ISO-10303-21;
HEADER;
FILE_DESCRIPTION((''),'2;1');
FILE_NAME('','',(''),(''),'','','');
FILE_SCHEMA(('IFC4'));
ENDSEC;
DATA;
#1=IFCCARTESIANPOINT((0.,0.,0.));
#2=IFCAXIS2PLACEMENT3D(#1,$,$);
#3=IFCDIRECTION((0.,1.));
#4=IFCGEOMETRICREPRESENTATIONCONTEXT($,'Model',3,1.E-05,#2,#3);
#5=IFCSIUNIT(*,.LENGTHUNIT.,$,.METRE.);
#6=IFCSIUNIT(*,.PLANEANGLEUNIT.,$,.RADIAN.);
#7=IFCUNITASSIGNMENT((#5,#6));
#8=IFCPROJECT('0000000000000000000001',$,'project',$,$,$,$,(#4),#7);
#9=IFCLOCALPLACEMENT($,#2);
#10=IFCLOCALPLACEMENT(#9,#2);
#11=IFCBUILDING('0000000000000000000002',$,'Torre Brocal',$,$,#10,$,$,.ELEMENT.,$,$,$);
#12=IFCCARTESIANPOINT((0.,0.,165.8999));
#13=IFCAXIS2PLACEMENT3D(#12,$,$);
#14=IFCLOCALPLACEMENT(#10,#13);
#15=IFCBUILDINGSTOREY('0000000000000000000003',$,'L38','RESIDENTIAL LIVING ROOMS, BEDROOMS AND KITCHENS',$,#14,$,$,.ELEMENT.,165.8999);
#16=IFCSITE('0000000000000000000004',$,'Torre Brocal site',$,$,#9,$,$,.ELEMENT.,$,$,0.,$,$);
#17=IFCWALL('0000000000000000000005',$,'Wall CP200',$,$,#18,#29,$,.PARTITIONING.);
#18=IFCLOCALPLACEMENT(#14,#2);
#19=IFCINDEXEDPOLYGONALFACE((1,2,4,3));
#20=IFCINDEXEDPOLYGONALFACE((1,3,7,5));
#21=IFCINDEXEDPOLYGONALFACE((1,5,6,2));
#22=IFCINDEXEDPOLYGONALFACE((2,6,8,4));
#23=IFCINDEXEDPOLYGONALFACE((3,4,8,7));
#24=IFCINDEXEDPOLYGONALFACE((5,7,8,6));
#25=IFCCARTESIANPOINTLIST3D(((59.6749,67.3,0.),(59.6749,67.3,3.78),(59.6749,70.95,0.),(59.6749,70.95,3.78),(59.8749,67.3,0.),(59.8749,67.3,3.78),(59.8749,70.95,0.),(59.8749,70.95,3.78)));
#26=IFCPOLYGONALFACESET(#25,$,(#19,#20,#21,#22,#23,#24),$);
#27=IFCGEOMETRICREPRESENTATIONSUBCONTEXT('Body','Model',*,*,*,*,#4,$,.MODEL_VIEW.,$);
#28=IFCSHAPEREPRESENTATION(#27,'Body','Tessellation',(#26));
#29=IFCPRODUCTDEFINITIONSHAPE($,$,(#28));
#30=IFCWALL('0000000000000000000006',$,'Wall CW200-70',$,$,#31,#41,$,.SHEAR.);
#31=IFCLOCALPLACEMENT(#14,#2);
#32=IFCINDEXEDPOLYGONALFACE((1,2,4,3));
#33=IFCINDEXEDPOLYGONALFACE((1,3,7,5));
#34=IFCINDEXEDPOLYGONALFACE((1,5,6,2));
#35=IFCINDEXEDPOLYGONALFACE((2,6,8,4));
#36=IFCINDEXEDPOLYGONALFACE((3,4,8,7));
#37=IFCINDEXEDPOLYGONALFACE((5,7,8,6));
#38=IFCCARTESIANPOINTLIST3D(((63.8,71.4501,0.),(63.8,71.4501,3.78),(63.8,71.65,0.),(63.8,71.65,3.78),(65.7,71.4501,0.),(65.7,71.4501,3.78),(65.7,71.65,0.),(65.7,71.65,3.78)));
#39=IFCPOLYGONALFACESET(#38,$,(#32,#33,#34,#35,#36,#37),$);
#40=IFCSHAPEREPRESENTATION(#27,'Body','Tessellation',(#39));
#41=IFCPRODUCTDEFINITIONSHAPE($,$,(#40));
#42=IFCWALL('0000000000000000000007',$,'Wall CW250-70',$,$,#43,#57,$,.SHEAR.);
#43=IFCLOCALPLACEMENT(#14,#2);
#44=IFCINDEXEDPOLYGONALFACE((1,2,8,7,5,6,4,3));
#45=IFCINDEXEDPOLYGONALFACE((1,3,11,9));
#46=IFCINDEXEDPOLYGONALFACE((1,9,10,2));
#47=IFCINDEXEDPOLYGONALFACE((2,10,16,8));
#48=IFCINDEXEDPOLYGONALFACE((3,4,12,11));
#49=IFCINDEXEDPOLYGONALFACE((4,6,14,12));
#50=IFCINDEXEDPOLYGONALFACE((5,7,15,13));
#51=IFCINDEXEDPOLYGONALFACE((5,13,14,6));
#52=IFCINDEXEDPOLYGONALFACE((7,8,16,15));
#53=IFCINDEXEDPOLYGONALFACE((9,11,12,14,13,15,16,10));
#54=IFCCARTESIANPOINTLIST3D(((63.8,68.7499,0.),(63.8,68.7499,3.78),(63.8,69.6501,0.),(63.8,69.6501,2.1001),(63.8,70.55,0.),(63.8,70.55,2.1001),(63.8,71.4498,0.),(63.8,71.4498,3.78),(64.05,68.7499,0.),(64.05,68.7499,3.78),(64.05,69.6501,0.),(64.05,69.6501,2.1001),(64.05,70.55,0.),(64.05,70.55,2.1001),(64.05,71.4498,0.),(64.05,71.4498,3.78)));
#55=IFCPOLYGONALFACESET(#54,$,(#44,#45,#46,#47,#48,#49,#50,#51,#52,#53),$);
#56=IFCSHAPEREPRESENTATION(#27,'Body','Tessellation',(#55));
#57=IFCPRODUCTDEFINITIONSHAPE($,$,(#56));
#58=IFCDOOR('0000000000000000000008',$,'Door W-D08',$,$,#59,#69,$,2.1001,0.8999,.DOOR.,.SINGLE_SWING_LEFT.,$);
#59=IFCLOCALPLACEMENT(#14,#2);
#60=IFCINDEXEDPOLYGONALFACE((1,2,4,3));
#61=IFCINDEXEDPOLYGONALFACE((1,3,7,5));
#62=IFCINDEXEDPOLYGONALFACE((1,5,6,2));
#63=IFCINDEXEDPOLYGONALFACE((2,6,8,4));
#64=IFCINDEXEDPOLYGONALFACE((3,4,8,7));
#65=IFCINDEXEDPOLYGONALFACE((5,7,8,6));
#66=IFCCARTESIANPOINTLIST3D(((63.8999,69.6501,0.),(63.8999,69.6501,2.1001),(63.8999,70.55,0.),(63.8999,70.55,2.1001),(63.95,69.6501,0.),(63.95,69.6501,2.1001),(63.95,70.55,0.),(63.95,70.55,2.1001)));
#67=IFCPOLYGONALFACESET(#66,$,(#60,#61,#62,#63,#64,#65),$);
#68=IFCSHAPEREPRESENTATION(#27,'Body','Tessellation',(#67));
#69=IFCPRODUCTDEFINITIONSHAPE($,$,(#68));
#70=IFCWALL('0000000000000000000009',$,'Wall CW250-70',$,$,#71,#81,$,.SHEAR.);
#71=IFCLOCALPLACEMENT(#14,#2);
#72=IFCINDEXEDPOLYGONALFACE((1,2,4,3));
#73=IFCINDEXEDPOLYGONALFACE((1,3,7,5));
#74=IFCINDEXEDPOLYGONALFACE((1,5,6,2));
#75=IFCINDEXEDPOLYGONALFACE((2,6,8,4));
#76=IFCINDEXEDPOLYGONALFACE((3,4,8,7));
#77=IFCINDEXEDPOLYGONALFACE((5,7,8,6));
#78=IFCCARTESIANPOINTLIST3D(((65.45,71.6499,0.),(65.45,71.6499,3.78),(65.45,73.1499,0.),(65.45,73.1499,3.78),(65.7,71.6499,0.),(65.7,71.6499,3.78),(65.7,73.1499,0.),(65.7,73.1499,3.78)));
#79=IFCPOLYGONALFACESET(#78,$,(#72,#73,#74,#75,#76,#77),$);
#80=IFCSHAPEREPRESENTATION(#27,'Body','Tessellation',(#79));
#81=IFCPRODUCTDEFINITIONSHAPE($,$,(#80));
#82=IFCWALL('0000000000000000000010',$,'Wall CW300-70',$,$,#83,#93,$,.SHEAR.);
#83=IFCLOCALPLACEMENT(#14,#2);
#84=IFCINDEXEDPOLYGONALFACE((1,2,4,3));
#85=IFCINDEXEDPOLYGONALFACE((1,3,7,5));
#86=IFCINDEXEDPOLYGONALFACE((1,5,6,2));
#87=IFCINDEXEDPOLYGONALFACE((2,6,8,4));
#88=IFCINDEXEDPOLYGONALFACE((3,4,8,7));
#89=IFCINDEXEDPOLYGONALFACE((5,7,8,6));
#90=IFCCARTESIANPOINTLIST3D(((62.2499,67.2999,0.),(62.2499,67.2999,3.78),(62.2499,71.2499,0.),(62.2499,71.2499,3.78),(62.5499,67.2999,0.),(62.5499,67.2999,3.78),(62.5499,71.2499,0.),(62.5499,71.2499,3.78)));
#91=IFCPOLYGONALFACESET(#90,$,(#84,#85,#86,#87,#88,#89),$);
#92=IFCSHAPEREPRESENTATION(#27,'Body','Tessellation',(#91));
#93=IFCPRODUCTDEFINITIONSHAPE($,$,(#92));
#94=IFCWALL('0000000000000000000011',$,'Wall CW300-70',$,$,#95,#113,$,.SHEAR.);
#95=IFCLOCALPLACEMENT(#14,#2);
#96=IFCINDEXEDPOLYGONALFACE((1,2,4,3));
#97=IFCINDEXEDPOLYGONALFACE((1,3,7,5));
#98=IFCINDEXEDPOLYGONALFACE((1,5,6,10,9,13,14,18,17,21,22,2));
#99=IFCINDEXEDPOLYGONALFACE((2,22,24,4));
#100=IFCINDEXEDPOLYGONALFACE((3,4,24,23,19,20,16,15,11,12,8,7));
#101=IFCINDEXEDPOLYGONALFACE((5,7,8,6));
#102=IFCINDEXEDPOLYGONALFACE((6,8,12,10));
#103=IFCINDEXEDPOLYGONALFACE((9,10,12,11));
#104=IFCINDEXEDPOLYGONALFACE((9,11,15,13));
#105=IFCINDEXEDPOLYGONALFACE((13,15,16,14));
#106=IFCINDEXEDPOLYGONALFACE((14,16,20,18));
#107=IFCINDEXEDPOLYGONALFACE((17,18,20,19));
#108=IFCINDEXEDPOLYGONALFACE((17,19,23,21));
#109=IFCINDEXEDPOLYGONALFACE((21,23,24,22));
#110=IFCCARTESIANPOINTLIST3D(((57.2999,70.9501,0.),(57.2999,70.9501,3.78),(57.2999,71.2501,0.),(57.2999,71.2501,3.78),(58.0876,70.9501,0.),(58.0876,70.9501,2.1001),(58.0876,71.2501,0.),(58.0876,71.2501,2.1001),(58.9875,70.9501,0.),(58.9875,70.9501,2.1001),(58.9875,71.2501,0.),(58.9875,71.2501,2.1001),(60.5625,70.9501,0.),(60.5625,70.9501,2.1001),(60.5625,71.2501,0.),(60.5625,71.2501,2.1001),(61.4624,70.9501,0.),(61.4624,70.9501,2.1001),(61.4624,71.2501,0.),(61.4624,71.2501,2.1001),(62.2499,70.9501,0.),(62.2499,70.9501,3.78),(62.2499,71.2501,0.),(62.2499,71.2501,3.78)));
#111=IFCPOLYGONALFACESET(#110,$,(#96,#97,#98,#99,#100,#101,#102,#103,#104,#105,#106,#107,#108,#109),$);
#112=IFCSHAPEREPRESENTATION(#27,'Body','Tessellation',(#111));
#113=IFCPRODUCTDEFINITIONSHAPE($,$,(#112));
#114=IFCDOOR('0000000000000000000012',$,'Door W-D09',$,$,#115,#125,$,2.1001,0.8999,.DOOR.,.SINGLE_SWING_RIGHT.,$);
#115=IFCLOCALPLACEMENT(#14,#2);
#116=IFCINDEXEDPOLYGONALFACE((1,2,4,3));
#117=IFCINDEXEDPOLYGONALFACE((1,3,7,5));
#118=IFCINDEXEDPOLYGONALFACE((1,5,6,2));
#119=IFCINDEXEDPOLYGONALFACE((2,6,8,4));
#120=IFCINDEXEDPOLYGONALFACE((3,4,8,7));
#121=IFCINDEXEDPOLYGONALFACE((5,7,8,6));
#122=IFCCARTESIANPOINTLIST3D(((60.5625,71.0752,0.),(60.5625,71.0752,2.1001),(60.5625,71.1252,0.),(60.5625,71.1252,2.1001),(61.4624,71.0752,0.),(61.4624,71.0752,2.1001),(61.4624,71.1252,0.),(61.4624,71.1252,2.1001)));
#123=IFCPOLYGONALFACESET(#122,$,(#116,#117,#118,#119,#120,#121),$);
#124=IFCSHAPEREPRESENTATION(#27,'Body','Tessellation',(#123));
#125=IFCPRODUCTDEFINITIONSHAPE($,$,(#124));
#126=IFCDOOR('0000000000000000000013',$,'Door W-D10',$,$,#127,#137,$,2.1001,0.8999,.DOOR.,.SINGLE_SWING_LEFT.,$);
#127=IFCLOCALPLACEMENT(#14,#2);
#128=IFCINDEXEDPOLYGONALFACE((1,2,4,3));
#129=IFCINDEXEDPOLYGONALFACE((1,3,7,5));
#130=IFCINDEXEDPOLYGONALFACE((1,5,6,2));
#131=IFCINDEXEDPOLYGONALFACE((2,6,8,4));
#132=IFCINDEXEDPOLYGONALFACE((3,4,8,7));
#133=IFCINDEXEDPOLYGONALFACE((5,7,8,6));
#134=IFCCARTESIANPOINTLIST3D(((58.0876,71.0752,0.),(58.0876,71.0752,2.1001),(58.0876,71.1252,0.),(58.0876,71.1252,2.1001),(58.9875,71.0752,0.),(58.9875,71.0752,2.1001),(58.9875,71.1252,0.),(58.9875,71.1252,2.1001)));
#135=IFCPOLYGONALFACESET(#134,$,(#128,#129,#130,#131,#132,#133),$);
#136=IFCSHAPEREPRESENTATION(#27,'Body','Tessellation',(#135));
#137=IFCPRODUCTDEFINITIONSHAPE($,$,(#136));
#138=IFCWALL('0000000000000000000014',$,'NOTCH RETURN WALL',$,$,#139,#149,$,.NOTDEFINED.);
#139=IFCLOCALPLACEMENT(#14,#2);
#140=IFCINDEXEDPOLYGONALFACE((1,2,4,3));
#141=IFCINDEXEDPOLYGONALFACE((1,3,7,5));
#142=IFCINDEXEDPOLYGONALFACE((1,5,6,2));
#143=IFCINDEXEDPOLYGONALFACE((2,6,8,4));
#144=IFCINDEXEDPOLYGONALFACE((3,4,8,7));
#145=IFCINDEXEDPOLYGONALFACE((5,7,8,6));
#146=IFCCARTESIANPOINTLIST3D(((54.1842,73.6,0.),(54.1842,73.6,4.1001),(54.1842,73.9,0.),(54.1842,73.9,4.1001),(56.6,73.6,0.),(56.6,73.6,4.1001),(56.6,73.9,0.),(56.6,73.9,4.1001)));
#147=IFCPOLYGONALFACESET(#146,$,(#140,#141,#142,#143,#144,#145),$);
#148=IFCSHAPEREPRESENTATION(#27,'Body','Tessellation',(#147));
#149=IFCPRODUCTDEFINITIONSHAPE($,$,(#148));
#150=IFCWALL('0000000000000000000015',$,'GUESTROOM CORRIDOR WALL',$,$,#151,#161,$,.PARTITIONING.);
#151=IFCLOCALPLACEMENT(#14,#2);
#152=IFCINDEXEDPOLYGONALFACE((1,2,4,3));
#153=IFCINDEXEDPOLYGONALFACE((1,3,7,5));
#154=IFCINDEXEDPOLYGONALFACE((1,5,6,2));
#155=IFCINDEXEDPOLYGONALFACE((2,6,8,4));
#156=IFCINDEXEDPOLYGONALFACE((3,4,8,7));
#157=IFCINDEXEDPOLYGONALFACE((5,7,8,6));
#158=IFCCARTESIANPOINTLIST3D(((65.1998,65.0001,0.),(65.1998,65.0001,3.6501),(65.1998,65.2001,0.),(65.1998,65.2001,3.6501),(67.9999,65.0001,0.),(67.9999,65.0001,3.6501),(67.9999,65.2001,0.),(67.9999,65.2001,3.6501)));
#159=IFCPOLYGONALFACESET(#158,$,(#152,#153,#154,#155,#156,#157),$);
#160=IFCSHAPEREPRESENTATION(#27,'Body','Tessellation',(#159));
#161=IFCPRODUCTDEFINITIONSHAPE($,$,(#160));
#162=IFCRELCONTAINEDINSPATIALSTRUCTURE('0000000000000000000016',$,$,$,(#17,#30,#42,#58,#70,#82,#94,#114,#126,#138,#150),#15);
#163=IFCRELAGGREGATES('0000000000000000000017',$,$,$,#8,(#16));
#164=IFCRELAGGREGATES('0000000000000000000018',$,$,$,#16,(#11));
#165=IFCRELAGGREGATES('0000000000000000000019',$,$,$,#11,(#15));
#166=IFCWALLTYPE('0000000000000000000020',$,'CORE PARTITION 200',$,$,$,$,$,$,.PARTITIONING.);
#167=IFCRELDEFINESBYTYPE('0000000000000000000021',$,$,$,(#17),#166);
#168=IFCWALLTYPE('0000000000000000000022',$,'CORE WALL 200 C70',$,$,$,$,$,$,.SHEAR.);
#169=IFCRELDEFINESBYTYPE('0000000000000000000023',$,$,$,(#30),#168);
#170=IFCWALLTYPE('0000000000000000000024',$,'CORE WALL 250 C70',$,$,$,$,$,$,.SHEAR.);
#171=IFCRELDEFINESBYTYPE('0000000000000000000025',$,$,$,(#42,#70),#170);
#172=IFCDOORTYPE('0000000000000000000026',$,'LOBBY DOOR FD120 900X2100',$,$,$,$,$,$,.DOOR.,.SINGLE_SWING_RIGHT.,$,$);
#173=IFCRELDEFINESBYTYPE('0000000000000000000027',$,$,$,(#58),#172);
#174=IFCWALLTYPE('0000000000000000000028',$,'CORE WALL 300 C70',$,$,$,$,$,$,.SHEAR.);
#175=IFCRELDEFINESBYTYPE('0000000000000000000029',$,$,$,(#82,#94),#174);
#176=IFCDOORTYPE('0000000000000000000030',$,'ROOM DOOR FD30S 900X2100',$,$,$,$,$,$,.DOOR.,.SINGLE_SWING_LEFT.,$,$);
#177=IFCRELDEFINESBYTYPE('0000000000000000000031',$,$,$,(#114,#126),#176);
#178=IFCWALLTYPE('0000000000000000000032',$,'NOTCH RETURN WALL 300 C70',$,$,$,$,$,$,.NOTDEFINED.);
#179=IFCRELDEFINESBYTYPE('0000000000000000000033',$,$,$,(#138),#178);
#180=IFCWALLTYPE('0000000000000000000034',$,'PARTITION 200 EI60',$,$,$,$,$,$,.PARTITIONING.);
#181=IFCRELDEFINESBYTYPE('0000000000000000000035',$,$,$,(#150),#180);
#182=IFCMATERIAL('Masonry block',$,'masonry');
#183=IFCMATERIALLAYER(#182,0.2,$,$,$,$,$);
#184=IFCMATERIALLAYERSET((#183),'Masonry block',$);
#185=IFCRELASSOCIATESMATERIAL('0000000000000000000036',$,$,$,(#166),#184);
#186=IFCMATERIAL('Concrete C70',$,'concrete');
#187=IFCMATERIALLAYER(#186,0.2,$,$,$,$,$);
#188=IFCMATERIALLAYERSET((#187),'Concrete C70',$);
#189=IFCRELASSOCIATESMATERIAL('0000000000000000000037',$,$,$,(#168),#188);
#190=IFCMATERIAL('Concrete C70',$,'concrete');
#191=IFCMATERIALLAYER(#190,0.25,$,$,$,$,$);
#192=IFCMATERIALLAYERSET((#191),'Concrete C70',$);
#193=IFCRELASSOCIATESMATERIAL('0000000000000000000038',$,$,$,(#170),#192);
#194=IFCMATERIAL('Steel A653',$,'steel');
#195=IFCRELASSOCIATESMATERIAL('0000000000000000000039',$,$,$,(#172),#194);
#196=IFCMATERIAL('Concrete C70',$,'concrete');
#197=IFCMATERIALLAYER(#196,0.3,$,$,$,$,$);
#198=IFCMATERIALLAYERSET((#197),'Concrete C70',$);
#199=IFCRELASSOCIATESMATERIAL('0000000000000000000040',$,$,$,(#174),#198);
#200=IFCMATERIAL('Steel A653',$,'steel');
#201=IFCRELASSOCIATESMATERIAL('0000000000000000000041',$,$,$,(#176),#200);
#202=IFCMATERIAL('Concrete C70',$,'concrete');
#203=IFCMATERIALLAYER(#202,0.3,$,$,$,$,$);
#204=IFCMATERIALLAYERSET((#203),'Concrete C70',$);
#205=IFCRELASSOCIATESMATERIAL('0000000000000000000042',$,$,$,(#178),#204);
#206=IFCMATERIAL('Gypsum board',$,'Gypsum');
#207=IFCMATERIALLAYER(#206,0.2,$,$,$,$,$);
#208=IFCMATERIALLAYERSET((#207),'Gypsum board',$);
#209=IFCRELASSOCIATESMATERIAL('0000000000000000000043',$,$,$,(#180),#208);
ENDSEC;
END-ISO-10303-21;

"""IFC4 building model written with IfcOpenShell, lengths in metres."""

from ifc_helpers import new_model, si_unit, direction, frame, frame_2d, origin, place, context, subcontext, project, spatial, rectangle, extrude, material, layer, layer_set, type_object, element, fill, save


model = new_model("IFC4")

# Units and contexts
model_context = context("Model", 3, precision=1e-05, world=origin(), true_north=direction((0.0, 1.0)))
body_context = subcontext(model_context, "Body", "Model", "MODEL_VIEW")
ifc_project = project(units=[si_unit("LENGTHUNIT", "METRE"), si_unit("PLANEANGLEUNIT", "RADIAN")], contexts=[model_context])

# Site, building, storey
site_placement = place(None, origin())
site = spatial("IfcSite", under=ifc_project, at=site_placement, Name="Torre Brocal site", CompositionType="ELEMENT", RefElevation=0.0)
building_placement = place(site_placement, origin())
building = spatial("IfcBuilding", under=site, at=building_placement, Name="Torre Brocal", CompositionType="ELEMENT")
storey_placement = place(building_placement, frame((0.0, 0.0, 165.8999)))
storey = spatial("IfcBuildingStorey", under=building, at=storey_placement, Name="L38", Description="RESIDENTIAL LIVING ROOMS, BEDROOMS AND KITCHENS", CompositionType="ELEMENT", Elevation=165.8999)

# Walls
ifc_material_1 = material(Name="Masonry block", Category="masonry")
ifc_layer_1 = layer(ifc_material_1, 0.2)
ifc_layer_set_1 = layer_set([ifc_layer_1], Name="Masonry block")
wall_type_1 = type_object("IfcWallType", Name="CORE PARTITION 200", PredefinedType="PARTITIONING", material=ifc_layer_set_1)
wall_1_placement = place(storey_placement, frame((59.7749, 70.95, 0.0), z_axis=(0.0, 0.0, 1.0), x_axis=(0.0, -1.0, 0.0)))
element("IfcWall", 1, at=wall_1_placement, inside=storey, type_object=wall_type_1, Name="Wall CP200", PredefinedType="PARTITIONING", context=body_context, shape_type="SweptSolid", body=[
    extrude(rectangle(XDim=3.6499, YDim=0.2, at=frame_2d((1.825, 0.0))), origin(), (0.0, 0.0, 1.0), 3.78),
])
ifc_material_2 = material(Name="Concrete C70", Category="concrete")
ifc_layer_2 = layer(ifc_material_2, 0.2)
ifc_layer_set_2 = layer_set([ifc_layer_2], Name="Concrete C70")
wall_type_2 = type_object("IfcWallType", Name="CORE WALL 200 C70", PredefinedType="SHEAR", material=ifc_layer_set_2)
wall_2_placement = place(storey_placement, frame((65.7, 71.55, 0.0), z_axis=(0.0, 0.0, 1.0), x_axis=(-1.0, 0.0, 0.0)))
element("IfcWall", 2, at=wall_2_placement, inside=storey, type_object=wall_type_2, Name="Wall CW200-70", PredefinedType="SHEAR", context=body_context, shape_type="SweptSolid", body=[
    extrude(rectangle(XDim=1.8999, YDim=0.2, at=frame_2d((0.95, 0.0))), origin(), (0.0, 0.0, 1.0), 3.78),
])

# Wall, opening, door
ifc_material_3 = material(Name="Concrete C70", Category="concrete")
ifc_layer_3 = layer(ifc_material_3, 0.25)
ifc_layer_set_3 = layer_set([ifc_layer_3], Name="Concrete C70")
wall_type_3 = type_object("IfcWallType", Name="CORE WALL 250 C70", PredefinedType="SHEAR", material=ifc_layer_set_3)
wall_3_placement = place(storey_placement, frame((63.925, 71.45, 0.0), z_axis=(0.0, 0.0, 1.0), x_axis=(0.0, -1.0, 0.0)))
wall_3 = element("IfcWall", 3, at=wall_3_placement, inside=storey, type_object=wall_type_3, Name="Wall CW250-70", PredefinedType="SHEAR", context=body_context, shape_type="SweptSolid", body=[
    extrude(rectangle(XDim=2.7, YDim=0.25, at=frame_2d((1.3501, 0.0))), origin(), (0.0, 0.0, 1.0), 3.78),
])
opening_1_placement = place(wall_3_placement, frame((0.8999, 0.0, 0.0)))
opening_1 = element("IfcOpeningElement", 4, at=opening_1_placement, cuts=wall_3, PredefinedType="OPENING", context=body_context, shape_type="SweptSolid", body=[
    extrude(rectangle(XDim=0.8999, YDim=2.1001, at=frame_2d((0.45, 1.05))), frame((0.0, 0.135, 0.0), z_axis=(0.0, -1.0, 0.0), x_axis=(1.0, 0.0, 0.0)), (0.0, 0.0, 1.0), 0.27),
])
ifc_material_4 = material(Name="Steel A653", Category="steel")
door_type_1 = type_object("IfcDoorType", Name="LOBBY DOOR FD120 900X2100", OperationType="SINGLE_SWING_RIGHT", PredefinedType="DOOR", material=ifc_material_4)
door_1_placement = place(opening_1_placement, origin())
door_1 = element("IfcDoor", 5, at=door_1_placement, inside=storey, type_object=door_type_1, Name="Door W-D08", OperationType="SINGLE_SWING_LEFT", OverallHeight=2.1001, OverallWidth=0.8999, PredefinedType="DOOR", context=body_context, shape_type="SweptSolid", body=[
    extrude(rectangle(XDim=0.8999, YDim=2.1001, at=frame_2d((0.45, 1.05))), frame((0.0, 0.0249, 0.0), z_axis=(0.0, -1.0, 0.0), x_axis=(1.0, 0.0, 0.0)), (0.0, 0.0, 1.0), 0.05),
])
fill(opening_1, door_1)

# Walls
wall_4_placement = place(storey_placement, frame((65.575, 73.1499, 0.0), z_axis=(0.0, 0.0, 1.0), x_axis=(0.0, -1.0, 0.0)))
element("IfcWall", 6, at=wall_4_placement, inside=storey, type_object=wall_type_3, Name="Wall CW250-70", PredefinedType="SHEAR", context=body_context, shape_type="SweptSolid", body=[
    extrude(rectangle(XDim=1.5, YDim=0.25, at=frame_2d((0.75, 0.0))), origin(), (0.0, 0.0, 1.0), 3.78),
])
ifc_material_5 = material(Name="Concrete C70", Category="concrete")
ifc_layer_4 = layer(ifc_material_5, 0.3)
ifc_layer_set_4 = layer_set([ifc_layer_4], Name="Concrete C70")
wall_type_4 = type_object("IfcWallType", Name="CORE WALL 300 C70", PredefinedType="SHEAR", material=ifc_layer_set_4)
wall_5_placement = place(storey_placement, frame((62.3999, 71.25, 0.0), z_axis=(0.0, 0.0, 1.0), x_axis=(0.0, -1.0, 0.0)))
element("IfcWall", 7, at=wall_5_placement, inside=storey, type_object=wall_type_4, Name="Wall CW300-70", PredefinedType="SHEAR", context=body_context, shape_type="SweptSolid", body=[
    extrude(rectangle(XDim=3.95, YDim=0.3, at=frame_2d((1.9751, 0.0))), origin(), (0.0, 0.0, 1.0), 3.78),
])

# Wall, openings, doors
wall_6_placement = place(storey_placement, frame((62.25, 71.1001, 0.0), z_axis=(0.0, 0.0, 1.0), x_axis=(-1.0, 0.0, 0.0)))
wall_6 = element("IfcWall", 8, at=wall_6_placement, inside=storey, type_object=wall_type_4, Name="Wall CW300-70", PredefinedType="SHEAR", context=body_context, shape_type="SweptSolid", body=[
    extrude(rectangle(XDim=4.95, YDim=0.3, at=frame_2d((2.4751, 0.0))), origin(), (0.0, 0.0, 1.0), 3.78),
])
opening_2_placement = place(wall_6_placement, frame((0.7876, 0.0, 0.0)))
opening_2 = element("IfcOpeningElement", 9, at=opening_2_placement, cuts=wall_6, PredefinedType="OPENING", context=body_context, shape_type="SweptSolid", body=[
    extrude(rectangle(XDim=0.8999, YDim=2.1001, at=frame_2d((0.45, 1.05))), frame((0.0, 0.1599, 0.0), z_axis=(0.0, -1.0, 0.0), x_axis=(1.0, 0.0, 0.0)), (0.0, 0.0, 1.0), 0.3201),
])
opening_3_placement = place(wall_6_placement, frame((3.2625, 0.0, 0.0)))
opening_3 = element("IfcOpeningElement", 10, at=opening_3_placement, cuts=wall_6, PredefinedType="OPENING", context=body_context, shape_type="SweptSolid", body=[
    extrude(rectangle(XDim=0.8999, YDim=2.1001, at=frame_2d((0.45, 1.05))), frame((0.0, 0.1599, 0.0), z_axis=(0.0, -1.0, 0.0), x_axis=(1.0, 0.0, 0.0)), (0.0, 0.0, 1.0), 0.3201),
])
ifc_material_6 = material(Name="Steel A653", Category="steel")
door_type_2 = type_object("IfcDoorType", Name="ROOM DOOR FD30S 900X2100", OperationType="SINGLE_SWING_LEFT", PredefinedType="DOOR", material=ifc_material_6)
door_2_placement = place(opening_2_placement, origin())
door_2 = element("IfcDoor", 11, at=door_2_placement, inside=storey, type_object=door_type_2, Name="Door W-D09", OperationType="SINGLE_SWING_RIGHT", OverallHeight=2.1001, OverallWidth=0.8999, PredefinedType="DOOR", context=body_context, shape_type="SweptSolid", body=[
    extrude(rectangle(XDim=0.8999, YDim=2.1001, at=frame_2d((0.45, 1.05))), frame((0.0, 0.0249, 0.0), z_axis=(0.0, -1.0, 0.0), x_axis=(1.0, 0.0, 0.0)), (0.0, 0.0, 1.0), 0.05),
])
fill(opening_2, door_2)
door_3_placement = place(opening_3_placement, origin())
door_3 = element("IfcDoor", 12, at=door_3_placement, inside=storey, type_object=door_type_2, Name="Door W-D10", OperationType="SINGLE_SWING_LEFT", OverallHeight=2.1001, OverallWidth=0.8999, PredefinedType="DOOR", context=body_context, shape_type="SweptSolid", body=[
    extrude(rectangle(XDim=0.8999, YDim=2.1001, at=frame_2d((0.45, 1.05))), frame((0.0, 0.0249, 0.0), z_axis=(0.0, -1.0, 0.0), x_axis=(1.0, 0.0, 0.0)), (0.0, 0.0, 1.0), 0.05),
])
fill(opening_3, door_3)

# Walls
ifc_material_7 = material(Name="Concrete C70", Category="concrete")
ifc_layer_5 = layer(ifc_material_7, 0.3)
ifc_layer_set_5 = layer_set([ifc_layer_5], Name="Concrete C70")
wall_type_5 = type_object("IfcWallType", Name="NOTCH RETURN WALL 300 C70", PredefinedType="NOTDEFINED", material=ifc_layer_set_5)
wall_7_placement = place(storey_placement, frame((56.6001, 73.75, 0.0), z_axis=(0.0, 0.0, 1.0), x_axis=(-1.0, 0.0, 0.0)))
element("IfcWall", 13, at=wall_7_placement, inside=storey, type_object=wall_type_5, Name="NOTCH RETURN WALL", PredefinedType="NOTDEFINED", context=body_context, shape_type="SweptSolid", body=[
    extrude(rectangle(XDim=2.4158, YDim=0.3, at=frame_2d((1.208, 0.0))), origin(), (0.0, 0.0, 1.0), 4.1001),
])
ifc_material_8 = material(Name="Gypsum board", Category="Gypsum")
ifc_layer_6 = layer(ifc_material_8, 0.2)
ifc_layer_set_6 = layer_set([ifc_layer_6], Name="Gypsum board")
wall_type_6 = type_object("IfcWallType", Name="PARTITION 200 EI60", PredefinedType="PARTITIONING", material=ifc_layer_set_6)
wall_8_placement = place(storey_placement, frame((65.2, 65.1001, 0.0), z_axis=(0.0, 0.0, 1.0), x_axis=(1.0, 0.0, 0.0)))
element("IfcWall", 14, at=wall_8_placement, inside=storey, type_object=wall_type_6, Name="GUESTROOM CORRIDOR WALL", PredefinedType="PARTITIONING", context=body_context, shape_type="SweptSolid", body=[
    extrude(rectangle(XDim=2.8, YDim=0.2, at=frame_2d((1.3999, 0.0))), origin(), (0.0, 0.0, 1.0), 3.6501),
])

save(model, "model.ifc")
